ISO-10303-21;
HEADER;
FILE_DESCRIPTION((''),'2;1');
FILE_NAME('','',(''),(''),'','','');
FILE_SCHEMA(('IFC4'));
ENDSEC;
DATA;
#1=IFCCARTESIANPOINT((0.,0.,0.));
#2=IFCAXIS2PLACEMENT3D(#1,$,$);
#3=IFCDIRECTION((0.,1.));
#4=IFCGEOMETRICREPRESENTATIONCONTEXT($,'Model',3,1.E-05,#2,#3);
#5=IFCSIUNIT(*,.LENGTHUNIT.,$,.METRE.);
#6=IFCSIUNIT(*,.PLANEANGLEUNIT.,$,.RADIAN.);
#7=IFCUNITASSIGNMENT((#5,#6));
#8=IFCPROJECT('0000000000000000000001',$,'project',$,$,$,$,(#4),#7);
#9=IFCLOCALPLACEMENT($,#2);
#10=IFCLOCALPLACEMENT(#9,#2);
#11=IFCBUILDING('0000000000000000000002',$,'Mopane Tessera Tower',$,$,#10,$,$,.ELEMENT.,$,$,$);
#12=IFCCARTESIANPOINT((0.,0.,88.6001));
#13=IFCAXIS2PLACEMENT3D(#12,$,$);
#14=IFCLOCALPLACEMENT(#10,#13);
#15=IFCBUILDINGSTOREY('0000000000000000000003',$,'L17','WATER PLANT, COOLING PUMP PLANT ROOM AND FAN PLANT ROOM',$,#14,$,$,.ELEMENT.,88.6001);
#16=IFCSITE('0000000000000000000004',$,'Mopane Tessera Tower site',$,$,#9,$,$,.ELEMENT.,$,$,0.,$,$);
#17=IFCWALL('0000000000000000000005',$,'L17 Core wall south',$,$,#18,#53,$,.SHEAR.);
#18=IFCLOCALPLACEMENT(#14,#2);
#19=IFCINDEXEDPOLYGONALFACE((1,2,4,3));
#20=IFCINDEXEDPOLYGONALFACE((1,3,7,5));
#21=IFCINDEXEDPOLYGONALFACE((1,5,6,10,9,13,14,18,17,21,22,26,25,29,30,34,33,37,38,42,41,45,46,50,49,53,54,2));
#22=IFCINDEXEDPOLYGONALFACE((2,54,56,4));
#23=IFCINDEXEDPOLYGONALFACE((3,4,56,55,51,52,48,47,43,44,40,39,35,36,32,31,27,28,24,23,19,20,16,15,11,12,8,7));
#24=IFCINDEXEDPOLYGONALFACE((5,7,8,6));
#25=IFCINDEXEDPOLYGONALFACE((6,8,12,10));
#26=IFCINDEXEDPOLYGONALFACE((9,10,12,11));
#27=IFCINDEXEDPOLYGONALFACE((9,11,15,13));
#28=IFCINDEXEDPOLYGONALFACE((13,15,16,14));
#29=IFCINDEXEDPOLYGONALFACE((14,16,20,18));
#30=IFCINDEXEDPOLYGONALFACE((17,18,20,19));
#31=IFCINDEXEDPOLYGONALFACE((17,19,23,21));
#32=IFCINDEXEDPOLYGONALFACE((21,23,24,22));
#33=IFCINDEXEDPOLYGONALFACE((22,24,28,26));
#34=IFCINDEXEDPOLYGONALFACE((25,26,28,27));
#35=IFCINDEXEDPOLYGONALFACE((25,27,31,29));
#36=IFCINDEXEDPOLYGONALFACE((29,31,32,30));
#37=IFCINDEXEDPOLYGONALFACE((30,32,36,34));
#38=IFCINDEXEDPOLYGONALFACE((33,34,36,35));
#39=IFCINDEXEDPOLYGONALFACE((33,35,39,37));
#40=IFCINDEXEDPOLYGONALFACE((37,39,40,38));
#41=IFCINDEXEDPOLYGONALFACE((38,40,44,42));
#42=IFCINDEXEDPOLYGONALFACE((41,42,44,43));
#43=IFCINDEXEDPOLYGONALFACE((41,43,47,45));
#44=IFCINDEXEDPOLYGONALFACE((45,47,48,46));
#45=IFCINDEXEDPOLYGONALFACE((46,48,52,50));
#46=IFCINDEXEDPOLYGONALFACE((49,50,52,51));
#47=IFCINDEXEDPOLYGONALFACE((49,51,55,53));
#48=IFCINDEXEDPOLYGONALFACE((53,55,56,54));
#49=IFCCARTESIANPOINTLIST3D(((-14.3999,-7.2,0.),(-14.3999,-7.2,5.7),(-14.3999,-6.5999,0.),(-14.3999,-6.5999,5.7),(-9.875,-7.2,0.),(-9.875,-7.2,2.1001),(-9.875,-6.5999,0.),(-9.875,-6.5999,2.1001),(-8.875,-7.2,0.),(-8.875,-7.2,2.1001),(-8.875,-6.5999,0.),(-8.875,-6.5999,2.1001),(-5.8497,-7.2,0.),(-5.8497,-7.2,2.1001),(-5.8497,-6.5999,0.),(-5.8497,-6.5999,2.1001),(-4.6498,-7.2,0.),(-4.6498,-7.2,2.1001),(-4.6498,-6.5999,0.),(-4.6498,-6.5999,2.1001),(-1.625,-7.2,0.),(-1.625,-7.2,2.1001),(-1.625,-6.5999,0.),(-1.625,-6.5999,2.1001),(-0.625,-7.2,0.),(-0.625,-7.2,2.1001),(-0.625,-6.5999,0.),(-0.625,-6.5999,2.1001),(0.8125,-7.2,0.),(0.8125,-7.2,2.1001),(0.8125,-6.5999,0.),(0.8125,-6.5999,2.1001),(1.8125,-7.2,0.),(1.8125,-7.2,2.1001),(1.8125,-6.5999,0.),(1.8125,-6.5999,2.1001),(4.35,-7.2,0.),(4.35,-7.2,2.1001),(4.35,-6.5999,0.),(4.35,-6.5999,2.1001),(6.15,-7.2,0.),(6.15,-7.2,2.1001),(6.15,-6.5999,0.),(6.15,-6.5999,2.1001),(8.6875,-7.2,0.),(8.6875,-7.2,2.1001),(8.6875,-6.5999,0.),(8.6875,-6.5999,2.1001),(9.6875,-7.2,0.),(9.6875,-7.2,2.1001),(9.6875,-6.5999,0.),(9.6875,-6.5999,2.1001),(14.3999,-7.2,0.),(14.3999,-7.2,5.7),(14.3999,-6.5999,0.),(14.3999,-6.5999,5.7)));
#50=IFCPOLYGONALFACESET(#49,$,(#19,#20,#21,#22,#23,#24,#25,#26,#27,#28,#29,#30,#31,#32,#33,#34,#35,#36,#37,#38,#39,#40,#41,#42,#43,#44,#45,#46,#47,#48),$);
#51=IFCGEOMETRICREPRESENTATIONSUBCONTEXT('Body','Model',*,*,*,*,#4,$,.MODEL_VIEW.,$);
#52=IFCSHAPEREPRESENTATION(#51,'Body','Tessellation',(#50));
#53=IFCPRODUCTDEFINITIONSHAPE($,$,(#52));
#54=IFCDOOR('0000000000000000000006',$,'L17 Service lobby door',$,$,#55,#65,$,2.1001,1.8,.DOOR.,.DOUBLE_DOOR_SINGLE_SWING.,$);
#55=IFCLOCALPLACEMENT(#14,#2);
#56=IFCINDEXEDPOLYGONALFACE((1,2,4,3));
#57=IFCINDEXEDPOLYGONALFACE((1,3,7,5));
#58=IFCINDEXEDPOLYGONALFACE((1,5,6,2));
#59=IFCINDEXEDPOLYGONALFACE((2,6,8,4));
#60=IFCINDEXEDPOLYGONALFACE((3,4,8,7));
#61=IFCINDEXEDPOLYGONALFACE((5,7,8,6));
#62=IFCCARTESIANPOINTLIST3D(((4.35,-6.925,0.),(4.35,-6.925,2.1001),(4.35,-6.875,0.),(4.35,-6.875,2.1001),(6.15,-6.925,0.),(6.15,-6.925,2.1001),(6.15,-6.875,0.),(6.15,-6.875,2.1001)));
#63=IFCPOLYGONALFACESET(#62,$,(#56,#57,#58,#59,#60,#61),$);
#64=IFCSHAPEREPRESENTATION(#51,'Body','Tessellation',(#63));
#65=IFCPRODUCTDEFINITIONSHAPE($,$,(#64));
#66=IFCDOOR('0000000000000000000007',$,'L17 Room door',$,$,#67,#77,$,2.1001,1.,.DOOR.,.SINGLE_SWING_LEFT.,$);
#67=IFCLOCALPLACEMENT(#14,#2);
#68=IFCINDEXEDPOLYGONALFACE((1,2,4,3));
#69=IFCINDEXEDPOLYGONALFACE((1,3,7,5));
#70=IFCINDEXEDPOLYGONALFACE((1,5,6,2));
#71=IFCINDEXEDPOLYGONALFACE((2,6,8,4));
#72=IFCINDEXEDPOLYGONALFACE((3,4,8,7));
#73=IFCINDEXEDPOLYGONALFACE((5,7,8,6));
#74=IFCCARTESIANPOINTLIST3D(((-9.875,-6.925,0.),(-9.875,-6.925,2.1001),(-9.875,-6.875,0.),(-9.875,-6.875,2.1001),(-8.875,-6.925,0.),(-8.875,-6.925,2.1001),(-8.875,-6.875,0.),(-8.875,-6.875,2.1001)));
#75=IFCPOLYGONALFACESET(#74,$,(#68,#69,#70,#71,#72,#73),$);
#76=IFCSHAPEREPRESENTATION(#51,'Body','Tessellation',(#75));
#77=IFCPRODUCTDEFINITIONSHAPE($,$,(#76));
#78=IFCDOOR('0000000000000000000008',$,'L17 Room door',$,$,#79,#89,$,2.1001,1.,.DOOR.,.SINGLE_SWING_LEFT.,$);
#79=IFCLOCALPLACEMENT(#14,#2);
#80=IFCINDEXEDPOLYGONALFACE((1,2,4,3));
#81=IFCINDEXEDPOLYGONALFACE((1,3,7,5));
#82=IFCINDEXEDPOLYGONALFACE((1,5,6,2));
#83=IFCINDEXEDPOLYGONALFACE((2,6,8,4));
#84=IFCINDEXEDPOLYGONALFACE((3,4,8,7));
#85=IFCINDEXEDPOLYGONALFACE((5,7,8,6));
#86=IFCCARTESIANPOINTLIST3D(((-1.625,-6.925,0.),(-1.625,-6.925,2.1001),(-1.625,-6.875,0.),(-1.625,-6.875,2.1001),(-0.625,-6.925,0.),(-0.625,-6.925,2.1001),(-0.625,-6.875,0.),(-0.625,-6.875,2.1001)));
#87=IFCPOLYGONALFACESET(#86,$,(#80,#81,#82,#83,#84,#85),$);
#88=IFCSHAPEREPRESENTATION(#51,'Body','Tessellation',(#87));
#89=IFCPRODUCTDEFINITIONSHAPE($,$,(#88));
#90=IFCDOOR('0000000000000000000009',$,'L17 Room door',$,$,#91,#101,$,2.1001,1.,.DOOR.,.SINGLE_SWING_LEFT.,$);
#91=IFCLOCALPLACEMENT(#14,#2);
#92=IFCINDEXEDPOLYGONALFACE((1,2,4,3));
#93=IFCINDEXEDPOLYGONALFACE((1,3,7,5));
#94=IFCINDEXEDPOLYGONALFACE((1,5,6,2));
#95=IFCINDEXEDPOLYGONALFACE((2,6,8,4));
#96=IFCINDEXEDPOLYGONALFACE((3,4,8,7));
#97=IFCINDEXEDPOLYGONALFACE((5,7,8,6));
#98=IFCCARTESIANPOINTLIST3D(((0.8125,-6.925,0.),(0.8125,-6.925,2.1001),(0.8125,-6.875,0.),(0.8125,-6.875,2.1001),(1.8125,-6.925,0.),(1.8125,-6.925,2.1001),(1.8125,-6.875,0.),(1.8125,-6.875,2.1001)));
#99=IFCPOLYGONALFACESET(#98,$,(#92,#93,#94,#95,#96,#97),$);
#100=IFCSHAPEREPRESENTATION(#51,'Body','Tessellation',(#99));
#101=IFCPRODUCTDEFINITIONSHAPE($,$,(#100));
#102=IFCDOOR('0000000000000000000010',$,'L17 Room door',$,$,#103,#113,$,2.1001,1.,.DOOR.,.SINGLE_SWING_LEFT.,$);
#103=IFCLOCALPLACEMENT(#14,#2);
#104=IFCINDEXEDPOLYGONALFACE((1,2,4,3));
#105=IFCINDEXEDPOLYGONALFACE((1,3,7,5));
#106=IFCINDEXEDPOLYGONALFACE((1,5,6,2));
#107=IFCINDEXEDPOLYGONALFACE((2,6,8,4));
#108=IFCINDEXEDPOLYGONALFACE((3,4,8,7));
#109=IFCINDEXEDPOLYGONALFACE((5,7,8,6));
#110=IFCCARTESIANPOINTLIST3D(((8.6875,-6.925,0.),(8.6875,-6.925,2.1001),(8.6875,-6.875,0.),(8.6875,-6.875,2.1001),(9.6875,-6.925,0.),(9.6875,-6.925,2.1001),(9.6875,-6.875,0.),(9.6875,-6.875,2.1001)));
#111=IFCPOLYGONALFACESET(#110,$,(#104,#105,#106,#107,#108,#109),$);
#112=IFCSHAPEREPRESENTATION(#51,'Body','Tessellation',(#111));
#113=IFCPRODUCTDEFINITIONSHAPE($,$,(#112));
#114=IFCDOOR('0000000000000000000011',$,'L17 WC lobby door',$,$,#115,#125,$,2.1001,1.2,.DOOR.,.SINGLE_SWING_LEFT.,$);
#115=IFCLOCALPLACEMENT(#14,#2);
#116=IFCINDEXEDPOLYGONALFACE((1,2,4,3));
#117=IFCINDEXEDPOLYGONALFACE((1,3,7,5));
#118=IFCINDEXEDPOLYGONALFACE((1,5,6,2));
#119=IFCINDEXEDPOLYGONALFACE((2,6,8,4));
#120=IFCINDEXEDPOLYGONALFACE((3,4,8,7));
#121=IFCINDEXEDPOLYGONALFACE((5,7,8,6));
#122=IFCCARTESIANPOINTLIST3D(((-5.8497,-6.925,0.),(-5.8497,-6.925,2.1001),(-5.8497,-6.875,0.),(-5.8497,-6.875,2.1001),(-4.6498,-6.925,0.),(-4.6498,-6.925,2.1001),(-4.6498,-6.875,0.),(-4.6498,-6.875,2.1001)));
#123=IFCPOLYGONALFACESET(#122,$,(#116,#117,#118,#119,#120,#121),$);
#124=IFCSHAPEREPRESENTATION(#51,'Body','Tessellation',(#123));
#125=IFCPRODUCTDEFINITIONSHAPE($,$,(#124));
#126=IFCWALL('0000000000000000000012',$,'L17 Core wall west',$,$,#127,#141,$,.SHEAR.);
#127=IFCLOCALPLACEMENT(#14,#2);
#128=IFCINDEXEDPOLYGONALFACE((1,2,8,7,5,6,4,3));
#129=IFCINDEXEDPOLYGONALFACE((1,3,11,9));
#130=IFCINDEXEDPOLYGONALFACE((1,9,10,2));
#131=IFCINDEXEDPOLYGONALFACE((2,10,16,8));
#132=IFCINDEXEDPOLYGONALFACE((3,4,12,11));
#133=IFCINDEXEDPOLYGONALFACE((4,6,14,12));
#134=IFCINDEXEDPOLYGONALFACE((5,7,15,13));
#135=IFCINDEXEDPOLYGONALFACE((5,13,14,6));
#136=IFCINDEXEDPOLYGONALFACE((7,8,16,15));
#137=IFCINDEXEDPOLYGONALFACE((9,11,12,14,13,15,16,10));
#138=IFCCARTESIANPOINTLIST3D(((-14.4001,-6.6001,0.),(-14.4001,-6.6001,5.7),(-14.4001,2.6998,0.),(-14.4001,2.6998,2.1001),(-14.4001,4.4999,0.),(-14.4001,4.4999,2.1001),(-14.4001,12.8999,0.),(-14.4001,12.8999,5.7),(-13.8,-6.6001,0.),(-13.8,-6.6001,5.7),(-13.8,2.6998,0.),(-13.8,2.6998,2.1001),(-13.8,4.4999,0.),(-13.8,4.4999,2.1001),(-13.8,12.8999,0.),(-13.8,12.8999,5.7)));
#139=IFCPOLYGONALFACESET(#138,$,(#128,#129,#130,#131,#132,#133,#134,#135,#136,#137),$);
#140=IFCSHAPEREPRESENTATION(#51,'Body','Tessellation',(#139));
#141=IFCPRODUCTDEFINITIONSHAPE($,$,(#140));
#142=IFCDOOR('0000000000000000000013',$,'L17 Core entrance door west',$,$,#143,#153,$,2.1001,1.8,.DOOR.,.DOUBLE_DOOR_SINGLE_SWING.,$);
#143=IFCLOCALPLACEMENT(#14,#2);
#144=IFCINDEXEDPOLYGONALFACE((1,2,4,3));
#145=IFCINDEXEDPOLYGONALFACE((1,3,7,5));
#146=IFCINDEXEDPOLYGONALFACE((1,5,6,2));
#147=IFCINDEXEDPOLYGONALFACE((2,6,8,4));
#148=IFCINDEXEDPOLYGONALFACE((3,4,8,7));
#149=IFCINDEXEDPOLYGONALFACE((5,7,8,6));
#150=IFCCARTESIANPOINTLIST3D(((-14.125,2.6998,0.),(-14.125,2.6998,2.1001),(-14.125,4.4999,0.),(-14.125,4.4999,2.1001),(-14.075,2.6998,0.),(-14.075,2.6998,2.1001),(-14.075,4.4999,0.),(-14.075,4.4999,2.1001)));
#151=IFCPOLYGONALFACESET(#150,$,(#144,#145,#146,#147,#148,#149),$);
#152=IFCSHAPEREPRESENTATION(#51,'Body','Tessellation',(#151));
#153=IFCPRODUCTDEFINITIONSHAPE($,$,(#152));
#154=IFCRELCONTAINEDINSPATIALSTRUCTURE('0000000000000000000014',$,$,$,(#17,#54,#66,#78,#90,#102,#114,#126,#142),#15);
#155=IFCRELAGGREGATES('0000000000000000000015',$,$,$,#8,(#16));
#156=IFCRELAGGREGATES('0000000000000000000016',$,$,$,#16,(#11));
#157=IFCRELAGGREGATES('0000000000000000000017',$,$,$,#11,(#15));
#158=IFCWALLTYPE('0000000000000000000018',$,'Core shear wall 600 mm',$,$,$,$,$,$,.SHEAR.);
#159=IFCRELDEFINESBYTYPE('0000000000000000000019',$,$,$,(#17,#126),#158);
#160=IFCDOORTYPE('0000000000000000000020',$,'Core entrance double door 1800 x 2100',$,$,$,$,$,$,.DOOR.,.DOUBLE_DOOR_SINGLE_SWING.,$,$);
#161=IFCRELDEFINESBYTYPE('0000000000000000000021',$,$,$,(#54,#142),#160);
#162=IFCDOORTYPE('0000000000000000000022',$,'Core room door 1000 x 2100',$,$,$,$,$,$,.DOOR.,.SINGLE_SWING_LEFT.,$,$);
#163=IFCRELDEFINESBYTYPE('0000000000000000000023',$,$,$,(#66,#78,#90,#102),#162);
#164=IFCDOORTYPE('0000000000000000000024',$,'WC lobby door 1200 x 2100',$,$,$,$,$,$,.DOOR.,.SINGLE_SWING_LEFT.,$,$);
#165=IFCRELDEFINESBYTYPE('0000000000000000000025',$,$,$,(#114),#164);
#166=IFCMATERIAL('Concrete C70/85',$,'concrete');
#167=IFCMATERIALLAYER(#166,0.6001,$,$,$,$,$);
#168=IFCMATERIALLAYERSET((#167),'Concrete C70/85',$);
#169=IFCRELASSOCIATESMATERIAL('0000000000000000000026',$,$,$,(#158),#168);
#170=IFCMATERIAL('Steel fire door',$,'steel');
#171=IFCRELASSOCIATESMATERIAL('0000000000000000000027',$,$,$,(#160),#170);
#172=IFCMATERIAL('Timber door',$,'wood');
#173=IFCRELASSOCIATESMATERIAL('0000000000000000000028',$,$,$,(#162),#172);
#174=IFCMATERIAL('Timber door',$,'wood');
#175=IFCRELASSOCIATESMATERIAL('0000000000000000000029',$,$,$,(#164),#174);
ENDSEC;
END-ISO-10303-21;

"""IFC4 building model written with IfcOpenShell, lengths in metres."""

from ifc_helpers import new_model, si_unit, direction, frame, frame_2d, origin, place, context, subcontext, project, spatial, rectangle, extrude, material, layer, layer_set, type_object, element, fill, save


model = new_model("IFC4")

# Units and contexts
model_context = context("Model", 3, precision=1e-05, world=origin(), true_north=direction((0.0, 1.0)))
body_context = subcontext(model_context, "Body", "Model", "MODEL_VIEW")
ifc_project = project(units=[si_unit("LENGTHUNIT", "METRE"), si_unit("PLANEANGLEUNIT", "RADIAN")], contexts=[model_context])

# Site, building, storey
site_placement = place(None, origin())
site = spatial("IfcSite", under=ifc_project, at=site_placement, Name="Mopane Tessera Tower site", CompositionType="ELEMENT", RefElevation=0.0)
building_placement = place(site_placement, origin())
building = spatial("IfcBuilding", under=site, at=building_placement, Name="Mopane Tessera Tower", CompositionType="ELEMENT")
storey_placement = place(building_placement, frame((0.0, 0.0, 88.6001)))
storey = spatial("IfcBuildingStorey", under=building, at=storey_placement, Name="L17", Description="WATER PLANT, COOLING PUMP PLANT ROOM AND FAN PLANT ROOM", CompositionType="ELEMENT", Elevation=88.6001)

# Wall, openings, doors
ifc_material_1 = material(Name="Concrete C70/85", Category="concrete")
ifc_layer_1 = layer(ifc_material_1, 0.6001)
ifc_layer_set_1 = layer_set([ifc_layer_1], Name="Concrete C70/85")
wall_type = type_object("IfcWallType", Name="Core shear wall 600 mm", PredefinedType="SHEAR", material=ifc_layer_set_1)
wall_1_placement = place(storey_placement, frame((-14.3999, -6.8999, 0.0), z_axis=(0.0, 0.0, 1.0), x_axis=(1.0, 0.0, 0.0)))
wall_1 = element("IfcWall", 1, at=wall_1_placement, inside=storey, type_object=wall_type, Name="L17 Core wall south", PredefinedType="SHEAR", context=body_context, shape_type="SweptSolid", body=[
    extrude(rectangle(XDim=28.7998, YDim=0.6001, at=frame_2d((14.3999, 0.0))), origin(), (0.0, 0.0, 1.0), 5.7),
])
opening_1_placement = place(wall_1_placement, frame((4.5249, 0.0, 0.0)))
opening_1 = element("IfcOpeningElement", 2, at=opening_1_placement, cuts=wall_1, PredefinedType="OPENING", context=body_context, shape_type="SweptSolid", body=[
    extrude(rectangle(XDim=1.0, YDim=2.1001, at=frame_2d((0.5, 1.05))), frame((0.0, 0.312, 0.0), z_axis=(0.0, -1.0, 0.0), x_axis=(1.0, 0.0, 0.0)), (0.0, 0.0, 1.0), 0.624),
])
opening_2_placement = place(wall_1_placement, frame((8.55, 0.0, 0.0)))
opening_2 = element("IfcOpeningElement", 3, at=opening_2_placement, cuts=wall_1, PredefinedType="OPENING", context=body_context, shape_type="SweptSolid", body=[
    extrude(rectangle(XDim=1.2, YDim=2.1001, at=frame_2d((0.6001, 1.05))), frame((0.0, 0.312, 0.0), z_axis=(0.0, -1.0, 0.0), x_axis=(1.0, 0.0, 0.0)), (0.0, 0.0, 1.0), 0.624),
])
opening_3_placement = place(wall_1_placement, frame((12.7749, 0.0, 0.0)))
opening_3 = element("IfcOpeningElement", 4, at=opening_3_placement, cuts=wall_1, PredefinedType="OPENING", context=body_context, shape_type="SweptSolid", body=[
    extrude(rectangle(XDim=1.0, YDim=2.1001, at=frame_2d((0.5, 1.05))), frame((0.0, 0.312, 0.0), z_axis=(0.0, -1.0, 0.0), x_axis=(1.0, 0.0, 0.0)), (0.0, 0.0, 1.0), 0.624),
])
opening_4_placement = place(wall_1_placement, frame((15.2124, 0.0, 0.0)))
opening_4 = element("IfcOpeningElement", 5, at=opening_4_placement, cuts=wall_1, PredefinedType="OPENING", context=body_context, shape_type="SweptSolid", body=[
    extrude(rectangle(XDim=1.0, YDim=2.1001, at=frame_2d((0.5, 1.05))), frame((0.0, 0.312, 0.0), z_axis=(0.0, -1.0, 0.0), x_axis=(1.0, 0.0, 0.0)), (0.0, 0.0, 1.0), 0.624),
])
opening_5_placement = place(wall_1_placement, frame((18.75, 0.0, 0.0)))
opening_5 = element("IfcOpeningElement", 6, at=opening_5_placement, cuts=wall_1, PredefinedType="OPENING", context=body_context, shape_type="SweptSolid", body=[
    extrude(rectangle(XDim=1.8, YDim=2.1001, at=frame_2d((0.8999, 1.05))), frame((0.0, 0.312, 0.0), z_axis=(0.0, -1.0, 0.0), x_axis=(1.0, 0.0, 0.0)), (0.0, 0.0, 1.0), 0.624),
])
opening_6_placement = place(wall_1_placement, frame((23.0874, 0.0, 0.0)))
opening_6 = element("IfcOpeningElement", 7, at=opening_6_placement, cuts=wall_1, PredefinedType="OPENING", context=body_context, shape_type="SweptSolid", body=[
    extrude(rectangle(XDim=1.0, YDim=2.1001, at=frame_2d((0.5, 1.05))), frame((0.0, 0.312, 0.0), z_axis=(0.0, -1.0, 0.0), x_axis=(1.0, 0.0, 0.0)), (0.0, 0.0, 1.0), 0.624),
])
ifc_material_2 = material(Name="Steel fire door", Category="steel")
door_type_1 = type_object("IfcDoorType", Name="Core entrance double door 1800 x 2100", OperationType="DOUBLE_DOOR_SINGLE_SWING", PredefinedType="DOOR", material=ifc_material_2)
door_1_placement = place(opening_5_placement, origin())
door_1 = element("IfcDoor", 8, at=door_1_placement, inside=storey, type_object=door_type_1, Name="L17 Service lobby door", OperationType="DOUBLE_DOOR_SINGLE_SWING", OverallHeight=2.1001, OverallWidth=1.8, PredefinedType="DOOR", context=body_context, shape_type="SweptSolid", body=[
    extrude(rectangle(XDim=1.8, YDim=2.1001, at=frame_2d((0.8999, 1.05))), frame((0.0, 0.0249, 0.0), z_axis=(0.0, -1.0, 0.0), x_axis=(1.0, 0.0, 0.0)), (0.0, 0.0, 1.0), 0.05),
])
fill(opening_5, door_1)
ifc_material_3 = material(Name="Timber door", Category="wood")
door_type_2 = type_object("IfcDoorType", Name="Core room door 1000 x 2100", OperationType="SINGLE_SWING_LEFT", PredefinedType="DOOR", material=ifc_material_3)
door_2_placement = place(opening_1_placement, origin())
door_2 = element("IfcDoor", 9, at=door_2_placement, inside=storey, type_object=door_type_2, Name="L17 Room door", OperationType="SINGLE_SWING_LEFT", OverallHeight=2.1001, OverallWidth=1.0, PredefinedType="DOOR", context=body_context, shape_type="SweptSolid", body=[
    extrude(rectangle(XDim=1.0, YDim=2.1001, at=frame_2d((0.5, 1.05))), frame((0.0, 0.0249, 0.0), z_axis=(0.0, -1.0, 0.0), x_axis=(1.0, 0.0, 0.0)), (0.0, 0.0, 1.0), 0.05),
])
fill(opening_1, door_2)
door_3_placement = place(opening_3_placement, origin())
door_3 = element("IfcDoor", 10, at=door_3_placement, inside=storey, type_object=door_type_2, Name="L17 Room door", OperationType="SINGLE_SWING_LEFT", OverallHeight=2.1001, OverallWidth=1.0, PredefinedType="DOOR", context=body_context, shape_type="SweptSolid", body=[
    extrude(rectangle(XDim=1.0, YDim=2.1001, at=frame_2d((0.5, 1.05))), frame((0.0, 0.0249, 0.0), z_axis=(0.0, -1.0, 0.0), x_axis=(1.0, 0.0, 0.0)), (0.0, 0.0, 1.0), 0.05),
])
fill(opening_3, door_3)
door_4_placement = place(opening_4_placement, origin())
door_4 = element("IfcDoor", 11, at=door_4_placement, inside=storey, type_object=door_type_2, Name="L17 Room door", OperationType="SINGLE_SWING_LEFT", OverallHeight=2.1001, OverallWidth=1.0, PredefinedType="DOOR", context=body_context, shape_type="SweptSolid", body=[
    extrude(rectangle(XDim=1.0, YDim=2.1001, at=frame_2d((0.5, 1.05))), frame((0.0, 0.0249, 0.0), z_axis=(0.0, -1.0, 0.0), x_axis=(1.0, 0.0, 0.0)), (0.0, 0.0, 1.0), 0.05),
])
fill(opening_4, door_4)
door_5_placement = place(opening_6_placement, origin())
door_5 = element("IfcDoor", 12, at=door_5_placement, inside=storey, type_object=door_type_2, Name="L17 Room door", OperationType="SINGLE_SWING_LEFT", OverallHeight=2.1001, OverallWidth=1.0, PredefinedType="DOOR", context=body_context, shape_type="SweptSolid", body=[
    extrude(rectangle(XDim=1.0, YDim=2.1001, at=frame_2d((0.5, 1.05))), frame((0.0, 0.0249, 0.0), z_axis=(0.0, -1.0, 0.0), x_axis=(1.0, 0.0, 0.0)), (0.0, 0.0, 1.0), 0.05),
])
fill(opening_6, door_5)
ifc_material_4 = material(Name="Timber door", Category="wood")
door_type_3 = type_object("IfcDoorType", Name="WC lobby door 1200 x 2100", OperationType="SINGLE_SWING_LEFT", PredefinedType="DOOR", material=ifc_material_4)
door_6_placement = place(opening_2_placement, origin())
door_6 = element("IfcDoor", 13, at=door_6_placement, inside=storey, type_object=door_type_3, Name="L17 WC lobby door", OperationType="SINGLE_SWING_LEFT", OverallHeight=2.1001, OverallWidth=1.2, PredefinedType="DOOR", context=body_context, shape_type="SweptSolid", body=[
    extrude(rectangle(XDim=1.2, YDim=2.1001, at=frame_2d((0.6001, 1.05))), frame((0.0, 0.0249, 0.0), z_axis=(0.0, -1.0, 0.0), x_axis=(1.0, 0.0, 0.0)), (0.0, 0.0, 1.0), 0.05),
])
fill(opening_2, door_6)

# Wall, opening, door
wall_2_placement = place(storey_placement, frame((-14.1001, -6.6001, 0.0), z_axis=(0.0, 0.0, 1.0), x_axis=(0.0, 1.0, 0.0)))
wall_2 = element("IfcWall", 14, at=wall_2_placement, inside=storey, type_object=wall_type, Name="L17 Core wall west", PredefinedType="SHEAR", context=body_context, shape_type="SweptSolid", body=[
    extrude(rectangle(XDim=19.5, YDim=0.6001, at=frame_2d((9.75, 0.0))), origin(), (0.0, 0.0, 1.0), 5.7),
])
opening_7_placement = place(wall_2_placement, frame((9.3, 0.0, 0.0)))
opening_7 = element("IfcOpeningElement", 15, at=opening_7_placement, cuts=wall_2, PredefinedType="OPENING", context=body_context, shape_type="SweptSolid", body=[
    extrude(rectangle(XDim=1.8, YDim=2.1001, at=frame_2d((0.8999, 1.05))), frame((0.0, 0.312, 0.0), z_axis=(0.0, -1.0, 0.0), x_axis=(1.0, 0.0, 0.0)), (0.0, 0.0, 1.0), 0.624),
])
door_7_placement = place(opening_7_placement, origin())
door_7 = element("IfcDoor", 16, at=door_7_placement, inside=storey, type_object=door_type_1, Name="L17 Core entrance door west", OperationType="DOUBLE_DOOR_SINGLE_SWING", OverallHeight=2.1001, OverallWidth=1.8, PredefinedType="DOOR", context=body_context, shape_type="SweptSolid", body=[
    extrude(rectangle(XDim=1.8, YDim=2.1001, at=frame_2d((0.8999, 1.05))), frame((0.0, 0.0249, 0.0), z_axis=(0.0, -1.0, 0.0), x_axis=(1.0, 0.0, 0.0)), (0.0, 0.0, 1.0), 0.05),
])
fill(opening_7, door_7)

save(model, "model.ifc")
